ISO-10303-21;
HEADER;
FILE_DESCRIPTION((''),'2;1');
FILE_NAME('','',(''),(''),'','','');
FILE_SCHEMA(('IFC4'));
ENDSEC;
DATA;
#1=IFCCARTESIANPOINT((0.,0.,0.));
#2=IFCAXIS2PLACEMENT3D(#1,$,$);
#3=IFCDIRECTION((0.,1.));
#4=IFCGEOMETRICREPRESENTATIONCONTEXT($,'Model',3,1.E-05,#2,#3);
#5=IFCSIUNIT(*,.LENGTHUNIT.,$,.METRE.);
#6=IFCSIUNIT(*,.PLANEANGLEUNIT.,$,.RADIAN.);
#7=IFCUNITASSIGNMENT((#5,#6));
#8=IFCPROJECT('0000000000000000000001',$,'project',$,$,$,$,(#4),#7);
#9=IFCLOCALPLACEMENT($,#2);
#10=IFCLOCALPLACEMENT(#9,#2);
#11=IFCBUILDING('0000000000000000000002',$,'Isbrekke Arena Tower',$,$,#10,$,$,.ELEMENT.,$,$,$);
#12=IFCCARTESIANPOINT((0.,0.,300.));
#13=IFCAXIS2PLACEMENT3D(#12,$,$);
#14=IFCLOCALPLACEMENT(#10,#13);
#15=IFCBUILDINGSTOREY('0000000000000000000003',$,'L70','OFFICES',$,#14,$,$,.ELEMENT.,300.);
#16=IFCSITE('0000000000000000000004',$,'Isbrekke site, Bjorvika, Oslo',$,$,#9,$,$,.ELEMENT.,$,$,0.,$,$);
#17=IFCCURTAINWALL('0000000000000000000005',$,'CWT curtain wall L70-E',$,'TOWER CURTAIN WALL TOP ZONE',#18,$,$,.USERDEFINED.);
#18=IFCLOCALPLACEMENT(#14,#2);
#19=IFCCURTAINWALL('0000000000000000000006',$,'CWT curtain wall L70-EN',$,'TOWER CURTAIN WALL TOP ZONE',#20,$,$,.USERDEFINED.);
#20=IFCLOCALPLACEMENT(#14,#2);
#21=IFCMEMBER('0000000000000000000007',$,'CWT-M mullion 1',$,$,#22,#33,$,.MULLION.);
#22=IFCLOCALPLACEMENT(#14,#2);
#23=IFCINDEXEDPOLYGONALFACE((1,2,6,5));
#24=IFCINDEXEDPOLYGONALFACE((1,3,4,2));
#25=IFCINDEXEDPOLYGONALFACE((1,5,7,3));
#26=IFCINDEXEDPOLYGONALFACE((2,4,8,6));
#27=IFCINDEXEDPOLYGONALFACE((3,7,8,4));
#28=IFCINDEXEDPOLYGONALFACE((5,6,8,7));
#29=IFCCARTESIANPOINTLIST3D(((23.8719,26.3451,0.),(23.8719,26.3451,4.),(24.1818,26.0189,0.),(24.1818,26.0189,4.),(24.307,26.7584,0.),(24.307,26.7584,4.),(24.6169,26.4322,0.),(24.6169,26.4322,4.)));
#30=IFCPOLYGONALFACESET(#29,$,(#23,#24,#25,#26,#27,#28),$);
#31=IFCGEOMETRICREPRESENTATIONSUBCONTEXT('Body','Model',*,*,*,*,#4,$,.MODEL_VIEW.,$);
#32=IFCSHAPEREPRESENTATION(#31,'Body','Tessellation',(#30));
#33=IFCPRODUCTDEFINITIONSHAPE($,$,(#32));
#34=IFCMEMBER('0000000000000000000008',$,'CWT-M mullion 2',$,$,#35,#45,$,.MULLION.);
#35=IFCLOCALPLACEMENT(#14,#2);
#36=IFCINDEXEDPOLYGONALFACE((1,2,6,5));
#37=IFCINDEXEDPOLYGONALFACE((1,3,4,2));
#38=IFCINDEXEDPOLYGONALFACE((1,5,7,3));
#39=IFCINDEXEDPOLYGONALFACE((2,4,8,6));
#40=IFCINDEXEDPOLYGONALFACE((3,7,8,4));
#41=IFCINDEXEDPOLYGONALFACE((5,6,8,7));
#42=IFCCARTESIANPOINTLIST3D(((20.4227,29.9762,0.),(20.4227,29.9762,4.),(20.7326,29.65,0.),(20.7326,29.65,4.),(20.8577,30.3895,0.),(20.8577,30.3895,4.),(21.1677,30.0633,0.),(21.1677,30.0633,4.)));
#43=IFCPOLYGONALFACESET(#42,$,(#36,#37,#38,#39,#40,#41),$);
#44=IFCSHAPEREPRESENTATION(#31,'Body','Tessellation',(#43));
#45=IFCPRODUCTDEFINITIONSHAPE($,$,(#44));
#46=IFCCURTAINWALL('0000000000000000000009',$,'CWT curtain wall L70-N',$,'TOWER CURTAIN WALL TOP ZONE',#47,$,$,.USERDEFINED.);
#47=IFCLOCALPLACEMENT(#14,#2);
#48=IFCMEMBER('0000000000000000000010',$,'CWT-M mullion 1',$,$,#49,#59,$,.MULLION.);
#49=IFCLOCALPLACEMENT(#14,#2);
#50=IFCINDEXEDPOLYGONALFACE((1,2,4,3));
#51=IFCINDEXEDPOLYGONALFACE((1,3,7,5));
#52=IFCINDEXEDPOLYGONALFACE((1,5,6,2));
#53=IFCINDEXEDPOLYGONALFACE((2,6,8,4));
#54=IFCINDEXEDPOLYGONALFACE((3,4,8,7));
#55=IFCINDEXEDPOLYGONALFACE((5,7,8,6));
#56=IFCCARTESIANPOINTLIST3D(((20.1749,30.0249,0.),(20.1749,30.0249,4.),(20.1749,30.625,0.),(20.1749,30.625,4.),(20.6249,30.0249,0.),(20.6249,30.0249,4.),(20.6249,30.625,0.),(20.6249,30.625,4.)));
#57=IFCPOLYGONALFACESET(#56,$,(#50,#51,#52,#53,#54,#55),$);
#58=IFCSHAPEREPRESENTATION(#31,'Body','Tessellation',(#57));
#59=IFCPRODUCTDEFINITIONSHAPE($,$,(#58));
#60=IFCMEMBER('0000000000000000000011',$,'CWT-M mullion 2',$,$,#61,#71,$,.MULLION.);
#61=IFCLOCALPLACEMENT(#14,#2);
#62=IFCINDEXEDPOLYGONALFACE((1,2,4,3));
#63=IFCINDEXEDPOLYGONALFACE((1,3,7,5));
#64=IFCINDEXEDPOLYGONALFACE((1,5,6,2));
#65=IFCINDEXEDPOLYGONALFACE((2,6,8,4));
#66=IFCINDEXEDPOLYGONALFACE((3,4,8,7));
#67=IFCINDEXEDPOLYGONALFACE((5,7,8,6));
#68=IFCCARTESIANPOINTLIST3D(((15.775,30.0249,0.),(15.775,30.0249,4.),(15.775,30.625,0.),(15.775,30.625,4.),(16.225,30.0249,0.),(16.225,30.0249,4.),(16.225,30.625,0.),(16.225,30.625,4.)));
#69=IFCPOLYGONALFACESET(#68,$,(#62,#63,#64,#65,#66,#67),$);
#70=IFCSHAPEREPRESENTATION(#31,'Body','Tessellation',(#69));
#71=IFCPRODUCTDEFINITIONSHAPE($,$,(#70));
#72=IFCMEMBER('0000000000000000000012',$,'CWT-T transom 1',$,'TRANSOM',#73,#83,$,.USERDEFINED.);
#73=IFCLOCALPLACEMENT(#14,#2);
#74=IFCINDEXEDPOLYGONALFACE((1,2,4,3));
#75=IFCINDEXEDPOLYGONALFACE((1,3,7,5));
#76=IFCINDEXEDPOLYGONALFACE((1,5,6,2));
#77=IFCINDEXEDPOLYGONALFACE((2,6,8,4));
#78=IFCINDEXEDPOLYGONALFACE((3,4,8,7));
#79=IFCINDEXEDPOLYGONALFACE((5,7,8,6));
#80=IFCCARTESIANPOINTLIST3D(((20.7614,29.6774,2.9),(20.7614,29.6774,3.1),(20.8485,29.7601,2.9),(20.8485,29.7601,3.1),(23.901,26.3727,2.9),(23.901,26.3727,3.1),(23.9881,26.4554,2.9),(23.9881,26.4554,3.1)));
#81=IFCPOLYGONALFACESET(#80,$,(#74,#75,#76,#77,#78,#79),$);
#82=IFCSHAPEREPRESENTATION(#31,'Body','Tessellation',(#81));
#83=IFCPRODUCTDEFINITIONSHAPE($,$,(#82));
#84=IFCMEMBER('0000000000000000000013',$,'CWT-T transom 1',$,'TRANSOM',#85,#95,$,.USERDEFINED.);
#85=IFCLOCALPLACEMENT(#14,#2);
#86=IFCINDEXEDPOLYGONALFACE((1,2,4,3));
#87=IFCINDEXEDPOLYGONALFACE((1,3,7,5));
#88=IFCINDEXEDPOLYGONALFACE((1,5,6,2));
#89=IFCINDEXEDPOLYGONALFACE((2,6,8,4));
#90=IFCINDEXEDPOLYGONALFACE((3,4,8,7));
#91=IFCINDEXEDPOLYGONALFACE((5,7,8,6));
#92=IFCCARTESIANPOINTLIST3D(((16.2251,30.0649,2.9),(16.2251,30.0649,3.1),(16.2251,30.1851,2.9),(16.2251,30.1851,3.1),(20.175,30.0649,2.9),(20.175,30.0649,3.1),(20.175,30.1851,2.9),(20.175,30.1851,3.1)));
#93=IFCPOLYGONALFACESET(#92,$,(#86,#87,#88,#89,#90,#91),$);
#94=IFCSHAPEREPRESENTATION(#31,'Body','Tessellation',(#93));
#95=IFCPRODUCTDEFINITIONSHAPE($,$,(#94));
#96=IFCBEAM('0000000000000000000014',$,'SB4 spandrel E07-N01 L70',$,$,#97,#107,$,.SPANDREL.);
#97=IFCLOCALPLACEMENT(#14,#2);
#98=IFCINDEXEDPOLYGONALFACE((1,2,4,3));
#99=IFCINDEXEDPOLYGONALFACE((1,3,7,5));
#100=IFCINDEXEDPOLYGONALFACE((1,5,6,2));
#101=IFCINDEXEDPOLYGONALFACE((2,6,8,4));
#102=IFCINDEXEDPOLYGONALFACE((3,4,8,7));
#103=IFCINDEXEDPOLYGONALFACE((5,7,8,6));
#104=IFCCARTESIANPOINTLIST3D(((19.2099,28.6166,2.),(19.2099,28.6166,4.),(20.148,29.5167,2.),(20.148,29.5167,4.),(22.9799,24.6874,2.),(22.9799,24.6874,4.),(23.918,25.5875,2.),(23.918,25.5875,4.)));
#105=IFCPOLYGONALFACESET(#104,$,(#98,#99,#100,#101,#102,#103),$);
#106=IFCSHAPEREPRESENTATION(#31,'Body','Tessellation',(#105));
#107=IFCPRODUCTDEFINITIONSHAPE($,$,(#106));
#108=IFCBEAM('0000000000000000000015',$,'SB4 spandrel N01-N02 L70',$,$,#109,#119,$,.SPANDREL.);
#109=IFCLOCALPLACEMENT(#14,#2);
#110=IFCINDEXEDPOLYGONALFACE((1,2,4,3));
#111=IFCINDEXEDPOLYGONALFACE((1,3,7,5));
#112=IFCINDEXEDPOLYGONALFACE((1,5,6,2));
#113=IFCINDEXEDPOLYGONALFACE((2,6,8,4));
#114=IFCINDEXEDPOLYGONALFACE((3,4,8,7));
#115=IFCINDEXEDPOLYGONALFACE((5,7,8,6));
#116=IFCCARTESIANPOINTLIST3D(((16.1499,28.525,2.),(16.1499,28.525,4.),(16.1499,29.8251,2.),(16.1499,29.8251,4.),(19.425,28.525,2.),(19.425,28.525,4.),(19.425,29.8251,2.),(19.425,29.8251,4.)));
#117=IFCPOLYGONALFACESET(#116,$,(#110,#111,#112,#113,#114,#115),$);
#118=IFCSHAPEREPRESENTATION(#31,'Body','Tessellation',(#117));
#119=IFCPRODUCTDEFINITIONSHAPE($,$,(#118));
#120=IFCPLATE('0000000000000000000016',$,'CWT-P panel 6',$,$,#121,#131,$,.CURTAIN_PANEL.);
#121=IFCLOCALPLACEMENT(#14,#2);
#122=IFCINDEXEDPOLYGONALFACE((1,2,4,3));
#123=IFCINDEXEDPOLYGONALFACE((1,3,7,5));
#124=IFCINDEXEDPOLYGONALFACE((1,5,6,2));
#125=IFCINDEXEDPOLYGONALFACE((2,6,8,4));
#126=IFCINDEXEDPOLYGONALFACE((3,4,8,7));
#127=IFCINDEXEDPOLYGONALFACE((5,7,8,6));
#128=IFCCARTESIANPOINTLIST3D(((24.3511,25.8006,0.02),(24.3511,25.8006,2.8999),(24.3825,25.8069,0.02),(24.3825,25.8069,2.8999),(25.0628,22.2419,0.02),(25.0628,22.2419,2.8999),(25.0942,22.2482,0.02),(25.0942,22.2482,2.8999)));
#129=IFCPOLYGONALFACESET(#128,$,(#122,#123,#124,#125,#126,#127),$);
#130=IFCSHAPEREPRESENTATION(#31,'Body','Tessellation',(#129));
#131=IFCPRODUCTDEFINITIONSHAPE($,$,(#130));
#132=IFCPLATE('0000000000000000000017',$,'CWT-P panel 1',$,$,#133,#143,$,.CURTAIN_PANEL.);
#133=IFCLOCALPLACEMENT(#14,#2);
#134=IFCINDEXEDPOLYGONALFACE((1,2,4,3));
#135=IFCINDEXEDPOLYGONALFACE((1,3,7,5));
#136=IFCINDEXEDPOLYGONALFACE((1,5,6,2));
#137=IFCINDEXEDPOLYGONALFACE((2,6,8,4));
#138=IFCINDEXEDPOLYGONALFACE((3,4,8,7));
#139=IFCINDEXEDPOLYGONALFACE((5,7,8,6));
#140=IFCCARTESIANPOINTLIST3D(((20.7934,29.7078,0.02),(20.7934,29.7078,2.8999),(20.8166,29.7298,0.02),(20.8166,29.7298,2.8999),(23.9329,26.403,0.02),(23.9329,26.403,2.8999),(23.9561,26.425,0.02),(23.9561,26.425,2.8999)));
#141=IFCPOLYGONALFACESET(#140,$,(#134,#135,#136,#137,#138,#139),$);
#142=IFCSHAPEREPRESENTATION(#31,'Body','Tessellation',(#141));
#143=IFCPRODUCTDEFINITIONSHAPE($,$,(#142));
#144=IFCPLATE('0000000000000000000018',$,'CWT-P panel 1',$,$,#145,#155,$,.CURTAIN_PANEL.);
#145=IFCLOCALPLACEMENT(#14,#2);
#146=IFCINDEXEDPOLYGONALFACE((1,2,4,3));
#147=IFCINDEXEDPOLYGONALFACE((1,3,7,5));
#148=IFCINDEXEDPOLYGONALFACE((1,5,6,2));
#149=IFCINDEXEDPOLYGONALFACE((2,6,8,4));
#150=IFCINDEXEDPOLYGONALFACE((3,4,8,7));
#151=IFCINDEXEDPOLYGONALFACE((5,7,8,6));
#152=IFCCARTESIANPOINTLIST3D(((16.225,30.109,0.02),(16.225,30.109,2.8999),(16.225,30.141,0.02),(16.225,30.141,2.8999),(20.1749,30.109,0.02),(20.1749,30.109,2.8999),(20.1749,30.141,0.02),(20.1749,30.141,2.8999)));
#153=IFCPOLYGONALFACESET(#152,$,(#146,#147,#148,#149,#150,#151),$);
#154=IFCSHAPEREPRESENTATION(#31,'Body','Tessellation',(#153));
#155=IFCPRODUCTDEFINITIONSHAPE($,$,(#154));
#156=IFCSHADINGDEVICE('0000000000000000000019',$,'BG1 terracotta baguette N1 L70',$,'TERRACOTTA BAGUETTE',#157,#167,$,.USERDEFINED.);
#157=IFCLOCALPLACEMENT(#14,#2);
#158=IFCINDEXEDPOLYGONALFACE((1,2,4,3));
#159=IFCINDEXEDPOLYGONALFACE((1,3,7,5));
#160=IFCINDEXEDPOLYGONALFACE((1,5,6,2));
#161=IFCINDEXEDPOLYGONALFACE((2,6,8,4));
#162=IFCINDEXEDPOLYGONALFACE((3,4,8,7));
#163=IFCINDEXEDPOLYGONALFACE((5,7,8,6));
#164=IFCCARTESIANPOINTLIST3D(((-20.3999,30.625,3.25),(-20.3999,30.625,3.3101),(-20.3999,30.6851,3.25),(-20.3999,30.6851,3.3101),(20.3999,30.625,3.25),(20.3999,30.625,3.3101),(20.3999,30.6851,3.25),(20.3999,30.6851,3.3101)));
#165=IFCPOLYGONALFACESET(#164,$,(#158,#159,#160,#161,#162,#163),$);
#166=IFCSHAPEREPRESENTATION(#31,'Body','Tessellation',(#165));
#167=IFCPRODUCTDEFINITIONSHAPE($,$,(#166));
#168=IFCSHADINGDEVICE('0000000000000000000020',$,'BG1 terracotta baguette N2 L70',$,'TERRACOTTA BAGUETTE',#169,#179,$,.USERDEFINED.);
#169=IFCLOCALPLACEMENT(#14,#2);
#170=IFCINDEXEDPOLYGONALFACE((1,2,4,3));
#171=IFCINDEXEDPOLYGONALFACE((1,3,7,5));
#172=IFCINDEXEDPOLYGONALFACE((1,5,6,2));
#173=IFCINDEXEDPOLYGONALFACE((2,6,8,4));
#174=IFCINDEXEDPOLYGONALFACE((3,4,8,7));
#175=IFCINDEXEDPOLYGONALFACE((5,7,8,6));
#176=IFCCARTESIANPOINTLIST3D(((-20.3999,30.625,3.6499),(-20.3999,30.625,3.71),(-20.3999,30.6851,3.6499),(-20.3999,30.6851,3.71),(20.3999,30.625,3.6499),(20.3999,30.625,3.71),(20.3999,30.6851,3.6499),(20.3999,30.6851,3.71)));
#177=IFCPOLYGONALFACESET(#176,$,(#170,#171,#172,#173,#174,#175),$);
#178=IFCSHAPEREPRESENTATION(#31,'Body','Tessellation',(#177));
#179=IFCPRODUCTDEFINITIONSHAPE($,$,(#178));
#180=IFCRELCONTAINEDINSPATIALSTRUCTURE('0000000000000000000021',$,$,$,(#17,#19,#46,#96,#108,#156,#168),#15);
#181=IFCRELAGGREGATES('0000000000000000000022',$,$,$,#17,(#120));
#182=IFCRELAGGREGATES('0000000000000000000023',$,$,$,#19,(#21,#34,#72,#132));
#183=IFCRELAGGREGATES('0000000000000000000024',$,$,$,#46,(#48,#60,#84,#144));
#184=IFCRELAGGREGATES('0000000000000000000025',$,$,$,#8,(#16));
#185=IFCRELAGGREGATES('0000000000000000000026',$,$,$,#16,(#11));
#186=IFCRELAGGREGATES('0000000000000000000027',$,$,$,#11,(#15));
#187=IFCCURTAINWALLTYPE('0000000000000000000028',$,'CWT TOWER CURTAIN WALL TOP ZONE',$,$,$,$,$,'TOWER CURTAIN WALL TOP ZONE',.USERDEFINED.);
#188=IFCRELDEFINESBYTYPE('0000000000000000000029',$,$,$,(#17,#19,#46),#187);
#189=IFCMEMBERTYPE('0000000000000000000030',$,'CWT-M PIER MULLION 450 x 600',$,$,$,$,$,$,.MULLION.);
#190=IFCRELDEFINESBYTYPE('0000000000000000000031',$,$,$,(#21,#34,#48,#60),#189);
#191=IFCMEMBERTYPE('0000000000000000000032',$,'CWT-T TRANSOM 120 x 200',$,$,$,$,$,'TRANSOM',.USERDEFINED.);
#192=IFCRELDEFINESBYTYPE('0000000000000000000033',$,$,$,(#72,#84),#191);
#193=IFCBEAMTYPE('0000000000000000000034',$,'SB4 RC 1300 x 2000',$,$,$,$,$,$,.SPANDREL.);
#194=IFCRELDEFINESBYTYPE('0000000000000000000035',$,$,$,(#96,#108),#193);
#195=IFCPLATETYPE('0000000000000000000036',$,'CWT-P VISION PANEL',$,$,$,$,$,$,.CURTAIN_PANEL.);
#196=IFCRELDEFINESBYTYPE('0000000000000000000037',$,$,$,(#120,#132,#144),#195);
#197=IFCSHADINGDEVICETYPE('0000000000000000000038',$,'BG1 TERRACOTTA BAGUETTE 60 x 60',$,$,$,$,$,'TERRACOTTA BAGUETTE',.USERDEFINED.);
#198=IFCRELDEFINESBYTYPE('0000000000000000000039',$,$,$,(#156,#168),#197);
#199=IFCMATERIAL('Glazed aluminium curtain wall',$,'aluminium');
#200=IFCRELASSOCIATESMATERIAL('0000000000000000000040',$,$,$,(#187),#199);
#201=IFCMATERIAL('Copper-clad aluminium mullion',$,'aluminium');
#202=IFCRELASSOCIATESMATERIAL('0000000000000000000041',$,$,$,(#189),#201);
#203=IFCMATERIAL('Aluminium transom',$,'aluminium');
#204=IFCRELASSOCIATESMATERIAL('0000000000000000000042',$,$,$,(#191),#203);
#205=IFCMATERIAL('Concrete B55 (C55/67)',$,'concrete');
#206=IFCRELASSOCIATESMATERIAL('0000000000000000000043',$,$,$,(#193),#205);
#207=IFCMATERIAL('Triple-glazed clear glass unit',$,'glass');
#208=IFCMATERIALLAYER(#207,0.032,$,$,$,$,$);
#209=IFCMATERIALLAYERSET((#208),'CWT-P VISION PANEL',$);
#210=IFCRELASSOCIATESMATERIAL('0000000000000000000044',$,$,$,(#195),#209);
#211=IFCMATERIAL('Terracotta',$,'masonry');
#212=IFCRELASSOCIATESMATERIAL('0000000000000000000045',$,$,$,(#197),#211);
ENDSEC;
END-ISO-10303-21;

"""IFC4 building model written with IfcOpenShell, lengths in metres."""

from ifc_helpers import new_model, si_unit, direction, frame, origin, origin_2d, place, context, subcontext, project, spatial, rectangle, extrude, material, layer, layer_set, material_profile, profile_set, type_object, element, aggregate, save


model = new_model("IFC4")

# Units and contexts
model_context = context("Model", 3, precision=1e-05, world=origin(), true_north=direction((0.0, 1.0)))
body_context = subcontext(model_context, "Body", "Model", "MODEL_VIEW")
ifc_project = project(units=[si_unit("LENGTHUNIT", "METRE"), si_unit("PLANEANGLEUNIT", "RADIAN")], contexts=[model_context])

# Site, building, storey
site_placement = place(None, origin())
site = spatial("IfcSite", under=ifc_project, at=site_placement, Name="Isbrekke site, Bjorvika, Oslo", CompositionType="ELEMENT", RefElevation=0.0)
building_placement = place(site_placement, origin())
building = spatial("IfcBuilding", under=site, at=building_placement, Name="Isbrekke Arena Tower", CompositionType="ELEMENT")
storey_placement = place(building_placement, frame((0.0, 0.0, 300.0)))
storey = spatial("IfcBuildingStorey", under=building, at=storey_placement, Name="L70", Description="OFFICES", CompositionType="ELEMENT", Elevation=300.0)

# Curtain wall
ifc_material_1 = material(Name="Glazed aluminium curtain wall", Category="aluminium")
curtain_wall_type = type_object("IfcCurtainWallType", Name="CWT TOWER CURTAIN WALL TOP ZONE", ElementType="TOWER CURTAIN WALL TOP ZONE", PredefinedType="USERDEFINED", material=ifc_material_1)
curtain_wall_1_placement = place(storey_placement, origin())
curtain_wall_1 = element("IfcCurtainWall", 1, at=curtain_wall_1_placement, inside=storey, type_object=curtain_wall_type, Name="CWT curtain wall L70-E", ObjectType="TOWER CURTAIN WALL TOP ZONE", PredefinedType="USERDEFINED")
ifc_material_2 = material(Name="Copper-clad aluminium mullion", Category="aluminium")
ifc_material_profile_1 = material_profile(ifc_material_2, rectangle(XDim=0.45, YDim=0.6001, at=origin_2d()), Name="PIER 450X600")
ifc_profile_set_1 = profile_set([ifc_material_profile_1], Name="Copper-clad aluminium mullion")
member_type_1 = type_object("IfcMemberType", Name="CWT-M PIER MULLION 450 x 600", PredefinedType="MULLION", material=ifc_profile_set_1)

# Curtain walls, members
curtain_wall_2_placement = place(storey_placement, origin())
curtain_wall_2 = element("IfcCurtainWall", 2, at=curtain_wall_2_placement, inside=storey, type_object=curtain_wall_type, Name="CWT curtain wall L70-EN", ObjectType="TOWER CURTAIN WALL TOP ZONE", PredefinedType="USERDEFINED")
member_1_placement = place(storey_placement, frame((24.2444, 26.3887, 0.0), z_axis=(0.0, 0.0, 1.0), x_axis=(-0.688749, 0.724999, 0.0)))
member_1 = element("IfcMember", 3, at=member_1_placement, type_object=member_type_1, Name="CWT-M mullion 1", PredefinedType="MULLION", context=body_context, shape_type="SweptSolid", body=[
    extrude(rectangle(XDim=0.45, YDim=0.6001, at=origin_2d()), origin(), (0.0, 0.0, 1.0), 4.0),
])
member_2_placement = place(storey_placement, frame((20.7952, 30.0198, 0.0), z_axis=(0.0, 0.0, 1.0), x_axis=(-0.688749, 0.724999, 0.0)))
member_2 = element("IfcMember", 4, at=member_2_placement, type_object=member_type_1, Name="CWT-M mullion 2", PredefinedType="MULLION", context=body_context, shape_type="SweptSolid", body=[
    extrude(rectangle(XDim=0.45, YDim=0.6001, at=origin_2d()), origin(), (0.0, 0.0, 1.0), 4.0),
])
curtain_wall_3_placement = place(storey_placement, origin())
curtain_wall_3 = element("IfcCurtainWall", 5, at=curtain_wall_3_placement, inside=storey, type_object=curtain_wall_type, Name="CWT curtain wall L70-N", ObjectType="TOWER CURTAIN WALL TOP ZONE", PredefinedType="USERDEFINED")
member_3_placement = place(storey_placement, frame((20.3999, 30.325, 0.0), z_axis=(0.0, 0.0, 1.0), x_axis=(-1.0, 0.0, 0.0)))
member_3 = element("IfcMember", 6, at=member_3_placement, type_object=member_type_1, Name="CWT-M mullion 1", PredefinedType="MULLION", context=body_context, shape_type="SweptSolid", body=[
    extrude(rectangle(XDim=0.45, YDim=0.6001, at=origin_2d()), origin(), (0.0, 0.0, 1.0), 4.0),
])
member_4_placement = place(storey_placement, frame((16.0, 30.325, 0.0), z_axis=(0.0, 0.0, 1.0), x_axis=(-1.0, 0.0, 0.0)))
member_4 = element("IfcMember", 7, at=member_4_placement, type_object=member_type_1, Name="CWT-M mullion 2", PredefinedType="MULLION", context=body_context, shape_type="SweptSolid", body=[
    extrude(rectangle(XDim=0.45, YDim=0.6001, at=origin_2d()), origin(), (0.0, 0.0, 1.0), 4.0),
])

# Members
ifc_material_3 = material(Name="Aluminium transom", Category="aluminium")
ifc_material_profile_2 = material_profile(ifc_material_3, rectangle(XDim=0.1201, YDim=0.2, at=origin_2d()), Name="TRANSOM 120X200")
ifc_profile_set_2 = profile_set([ifc_material_profile_2], Name="Aluminium transom")
member_type_2 = type_object("IfcMemberType", Name="CWT-T TRANSOM 120 x 200", ElementType="TRANSOM", PredefinedType="USERDEFINED", material=ifc_profile_set_2)
member_5_placement = place(storey_placement, frame((23.9446, 26.4141, 3.0), z_axis=(-0.688772, 0.724978, 0.0), x_axis=(-0.724978, -0.688772, 0.0)))
member_5 = element("IfcMember", 8, at=member_5_placement, type_object=member_type_2, Name="CWT-T transom 1", ObjectType="TRANSOM", PredefinedType="USERDEFINED", context=body_context, shape_type="SweptSolid", body=[
    extrude(rectangle(XDim=0.1201, YDim=0.2, at=origin_2d()), origin(), (0.0, 0.0, 1.0), 4.5583),
])
member_6_placement = place(storey_placement, frame((20.175, 30.125, 3.0), z_axis=(-1.0, 0.0, 0.0), x_axis=(0.0, -1.0, 0.0)))
member_6 = element("IfcMember", 9, at=member_6_placement, type_object=member_type_2, Name="CWT-T transom 1", ObjectType="TRANSOM", PredefinedType="USERDEFINED", context=body_context, shape_type="SweptSolid", body=[
    extrude(rectangle(XDim=0.1201, YDim=0.2, at=origin_2d()), origin(), (0.0, 0.0, 1.0), 3.95),
])

# Beams
ifc_material_4 = material(Name="Concrete B55 (C55/67)", Category="concrete")
ifc_material_profile_3 = material_profile(ifc_material_4, rectangle(XDim=1.3, YDim=2.0, at=origin_2d()), Name="RC 1300x2000")
ifc_profile_set_3 = profile_set([ifc_material_profile_3], Name="Concrete B55 (C55/67)")
beam_type_1 = type_object("IfcBeamType", Name="SB4 RC 1300 x 2000", PredefinedType="SPANDREL", material=ifc_profile_set_3)
beam_1_placement = place(storey_placement, frame((23.449, 25.1375, 3.0), z_axis=(-0.69234, 0.721572, 0.0), x_axis=(-0.721572, -0.69234, 0.0)))
element("IfcBeam", 10, at=beam_1_placement, inside=storey, type_object=beam_type_1, Name="SB4 spandrel E07-N01 L70", PredefinedType="SPANDREL", context=body_context, shape_type="SweptSolid", body=[
    extrude(rectangle(XDim=1.3, YDim=2.0, at=origin_2d()), origin(), (0.0, 0.0, 1.0), 5.4453),
])
beam_2_placement = place(storey_placement, frame((19.425, 29.175, 3.0), z_axis=(-1.0, 0.0, 0.0), x_axis=(0.0, -1.0, 0.0)))
element("IfcBeam", 11, at=beam_2_placement, inside=storey, type_object=beam_type_1, Name="SB4 spandrel N01-N02 L70", PredefinedType="SPANDREL", context=body_context, shape_type="SweptSolid", body=[
    extrude(rectangle(XDim=1.3, YDim=2.0, at=origin_2d()), origin(), (0.0, 0.0, 1.0), 3.2751),
])

# Plates
ifc_material_5 = material(Name="Triple-glazed clear glass unit", Category="glass")
ifc_layer = layer(ifc_material_5, 0.032)
ifc_layer_set = layer_set([ifc_layer], Name="CWT-P VISION PANEL")
plate_type = type_object("IfcPlateType", Name="CWT-P VISION PANEL", PredefinedType="CURTAIN_PANEL", material=ifc_layer_set)
plate_1_placement = place(storey_placement, frame((24.7227, 24.0244, 0.02), z_axis=(0.0, 0.0, 1.0), x_axis=(-0.196116, 0.980581, 0.0)))
plate_1 = element("IfcPlate", 12, at=plate_1_placement, type_object=plate_type, Name="CWT-P panel 6", PredefinedType="CURTAIN_PANEL", context=body_context, shape_type="SweptSolid", body=[
    extrude(rectangle(XDim=3.6292, YDim=0.032, at=origin_2d()), origin(), (0.0, 0.0, 1.0), 2.8799),
])
aggregate(curtain_wall_1, [plate_1])
plate_2_placement = place(storey_placement, frame((22.3748, 28.0664, 0.02), z_axis=(0.0, 0.0, 1.0), x_axis=(-0.688749, 0.724999, 0.0)))
plate_2 = element("IfcPlate", 13, at=plate_2_placement, type_object=plate_type, Name="CWT-P panel 1", PredefinedType="CURTAIN_PANEL", context=body_context, shape_type="SweptSolid", body=[
    extrude(rectangle(XDim=4.5583, YDim=0.032, at=origin_2d()), origin(), (0.0, 0.0, 1.0), 2.8799),
])
aggregate(curtain_wall_2, [member_1, member_2, member_5, plate_2])
plate_3_placement = place(storey_placement, frame((18.2, 30.125, 0.02), z_axis=(0.0, 0.0, 1.0), x_axis=(-1.0, 0.0, 0.0)))
plate_3 = element("IfcPlate", 14, at=plate_3_placement, type_object=plate_type, Name="CWT-P panel 1", PredefinedType="CURTAIN_PANEL", context=body_context, shape_type="SweptSolid", body=[
    extrude(rectangle(XDim=3.95, YDim=0.032, at=origin_2d()), origin(), (0.0, 0.0, 1.0), 2.8799),
])
aggregate(curtain_wall_3, [member_3, member_4, member_6, plate_3])

# Shading devices
ifc_material_6 = material(Name="Terracotta", Category="masonry")
ifc_material_profile_4 = material_profile(ifc_material_6, rectangle(XDim=0.0601, YDim=0.0601, at=origin_2d()), Name="BAGUETTE 60X60")
ifc_profile_set_4 = profile_set([ifc_material_profile_4], Name="Terracotta")
shading_device_type = type_object("IfcShadingDeviceType", Name="BG1 TERRACOTTA BAGUETTE 60 x 60", ElementType="TERRACOTTA BAGUETTE", PredefinedType="USERDEFINED", material=ifc_profile_set_4)
for number, where, z_axis, x_axis, name in (
    (15, (20.3999, 30.655, 3.28), (-1.0, 0.0, 0.0), (0.0, -1.0, 0.0), "BG1 terracotta baguette N1 L70"),
    (16, (20.3999, 30.655, 3.6799), (-1.0, 0.0, 0.0), (0.0, -1.0, 0.0), "BG1 terracotta baguette N2 L70"),
):
    element("IfcShadingDevice", number, at=place(storey_placement, frame(where, z_axis=z_axis, x_axis=x_axis)), inside=storey, type_object=shading_device_type, Name=name, ObjectType="TERRACOTTA BAGUETTE", PredefinedType="USERDEFINED", context=body_context, shape_type="SweptSolid", body=[
        extrude(rectangle(XDim=0.0601, YDim=0.0601, at=origin_2d()), origin(), (0.0, 0.0, 1.0), 40.7998),
    ])

save(model, "model.ifc")
